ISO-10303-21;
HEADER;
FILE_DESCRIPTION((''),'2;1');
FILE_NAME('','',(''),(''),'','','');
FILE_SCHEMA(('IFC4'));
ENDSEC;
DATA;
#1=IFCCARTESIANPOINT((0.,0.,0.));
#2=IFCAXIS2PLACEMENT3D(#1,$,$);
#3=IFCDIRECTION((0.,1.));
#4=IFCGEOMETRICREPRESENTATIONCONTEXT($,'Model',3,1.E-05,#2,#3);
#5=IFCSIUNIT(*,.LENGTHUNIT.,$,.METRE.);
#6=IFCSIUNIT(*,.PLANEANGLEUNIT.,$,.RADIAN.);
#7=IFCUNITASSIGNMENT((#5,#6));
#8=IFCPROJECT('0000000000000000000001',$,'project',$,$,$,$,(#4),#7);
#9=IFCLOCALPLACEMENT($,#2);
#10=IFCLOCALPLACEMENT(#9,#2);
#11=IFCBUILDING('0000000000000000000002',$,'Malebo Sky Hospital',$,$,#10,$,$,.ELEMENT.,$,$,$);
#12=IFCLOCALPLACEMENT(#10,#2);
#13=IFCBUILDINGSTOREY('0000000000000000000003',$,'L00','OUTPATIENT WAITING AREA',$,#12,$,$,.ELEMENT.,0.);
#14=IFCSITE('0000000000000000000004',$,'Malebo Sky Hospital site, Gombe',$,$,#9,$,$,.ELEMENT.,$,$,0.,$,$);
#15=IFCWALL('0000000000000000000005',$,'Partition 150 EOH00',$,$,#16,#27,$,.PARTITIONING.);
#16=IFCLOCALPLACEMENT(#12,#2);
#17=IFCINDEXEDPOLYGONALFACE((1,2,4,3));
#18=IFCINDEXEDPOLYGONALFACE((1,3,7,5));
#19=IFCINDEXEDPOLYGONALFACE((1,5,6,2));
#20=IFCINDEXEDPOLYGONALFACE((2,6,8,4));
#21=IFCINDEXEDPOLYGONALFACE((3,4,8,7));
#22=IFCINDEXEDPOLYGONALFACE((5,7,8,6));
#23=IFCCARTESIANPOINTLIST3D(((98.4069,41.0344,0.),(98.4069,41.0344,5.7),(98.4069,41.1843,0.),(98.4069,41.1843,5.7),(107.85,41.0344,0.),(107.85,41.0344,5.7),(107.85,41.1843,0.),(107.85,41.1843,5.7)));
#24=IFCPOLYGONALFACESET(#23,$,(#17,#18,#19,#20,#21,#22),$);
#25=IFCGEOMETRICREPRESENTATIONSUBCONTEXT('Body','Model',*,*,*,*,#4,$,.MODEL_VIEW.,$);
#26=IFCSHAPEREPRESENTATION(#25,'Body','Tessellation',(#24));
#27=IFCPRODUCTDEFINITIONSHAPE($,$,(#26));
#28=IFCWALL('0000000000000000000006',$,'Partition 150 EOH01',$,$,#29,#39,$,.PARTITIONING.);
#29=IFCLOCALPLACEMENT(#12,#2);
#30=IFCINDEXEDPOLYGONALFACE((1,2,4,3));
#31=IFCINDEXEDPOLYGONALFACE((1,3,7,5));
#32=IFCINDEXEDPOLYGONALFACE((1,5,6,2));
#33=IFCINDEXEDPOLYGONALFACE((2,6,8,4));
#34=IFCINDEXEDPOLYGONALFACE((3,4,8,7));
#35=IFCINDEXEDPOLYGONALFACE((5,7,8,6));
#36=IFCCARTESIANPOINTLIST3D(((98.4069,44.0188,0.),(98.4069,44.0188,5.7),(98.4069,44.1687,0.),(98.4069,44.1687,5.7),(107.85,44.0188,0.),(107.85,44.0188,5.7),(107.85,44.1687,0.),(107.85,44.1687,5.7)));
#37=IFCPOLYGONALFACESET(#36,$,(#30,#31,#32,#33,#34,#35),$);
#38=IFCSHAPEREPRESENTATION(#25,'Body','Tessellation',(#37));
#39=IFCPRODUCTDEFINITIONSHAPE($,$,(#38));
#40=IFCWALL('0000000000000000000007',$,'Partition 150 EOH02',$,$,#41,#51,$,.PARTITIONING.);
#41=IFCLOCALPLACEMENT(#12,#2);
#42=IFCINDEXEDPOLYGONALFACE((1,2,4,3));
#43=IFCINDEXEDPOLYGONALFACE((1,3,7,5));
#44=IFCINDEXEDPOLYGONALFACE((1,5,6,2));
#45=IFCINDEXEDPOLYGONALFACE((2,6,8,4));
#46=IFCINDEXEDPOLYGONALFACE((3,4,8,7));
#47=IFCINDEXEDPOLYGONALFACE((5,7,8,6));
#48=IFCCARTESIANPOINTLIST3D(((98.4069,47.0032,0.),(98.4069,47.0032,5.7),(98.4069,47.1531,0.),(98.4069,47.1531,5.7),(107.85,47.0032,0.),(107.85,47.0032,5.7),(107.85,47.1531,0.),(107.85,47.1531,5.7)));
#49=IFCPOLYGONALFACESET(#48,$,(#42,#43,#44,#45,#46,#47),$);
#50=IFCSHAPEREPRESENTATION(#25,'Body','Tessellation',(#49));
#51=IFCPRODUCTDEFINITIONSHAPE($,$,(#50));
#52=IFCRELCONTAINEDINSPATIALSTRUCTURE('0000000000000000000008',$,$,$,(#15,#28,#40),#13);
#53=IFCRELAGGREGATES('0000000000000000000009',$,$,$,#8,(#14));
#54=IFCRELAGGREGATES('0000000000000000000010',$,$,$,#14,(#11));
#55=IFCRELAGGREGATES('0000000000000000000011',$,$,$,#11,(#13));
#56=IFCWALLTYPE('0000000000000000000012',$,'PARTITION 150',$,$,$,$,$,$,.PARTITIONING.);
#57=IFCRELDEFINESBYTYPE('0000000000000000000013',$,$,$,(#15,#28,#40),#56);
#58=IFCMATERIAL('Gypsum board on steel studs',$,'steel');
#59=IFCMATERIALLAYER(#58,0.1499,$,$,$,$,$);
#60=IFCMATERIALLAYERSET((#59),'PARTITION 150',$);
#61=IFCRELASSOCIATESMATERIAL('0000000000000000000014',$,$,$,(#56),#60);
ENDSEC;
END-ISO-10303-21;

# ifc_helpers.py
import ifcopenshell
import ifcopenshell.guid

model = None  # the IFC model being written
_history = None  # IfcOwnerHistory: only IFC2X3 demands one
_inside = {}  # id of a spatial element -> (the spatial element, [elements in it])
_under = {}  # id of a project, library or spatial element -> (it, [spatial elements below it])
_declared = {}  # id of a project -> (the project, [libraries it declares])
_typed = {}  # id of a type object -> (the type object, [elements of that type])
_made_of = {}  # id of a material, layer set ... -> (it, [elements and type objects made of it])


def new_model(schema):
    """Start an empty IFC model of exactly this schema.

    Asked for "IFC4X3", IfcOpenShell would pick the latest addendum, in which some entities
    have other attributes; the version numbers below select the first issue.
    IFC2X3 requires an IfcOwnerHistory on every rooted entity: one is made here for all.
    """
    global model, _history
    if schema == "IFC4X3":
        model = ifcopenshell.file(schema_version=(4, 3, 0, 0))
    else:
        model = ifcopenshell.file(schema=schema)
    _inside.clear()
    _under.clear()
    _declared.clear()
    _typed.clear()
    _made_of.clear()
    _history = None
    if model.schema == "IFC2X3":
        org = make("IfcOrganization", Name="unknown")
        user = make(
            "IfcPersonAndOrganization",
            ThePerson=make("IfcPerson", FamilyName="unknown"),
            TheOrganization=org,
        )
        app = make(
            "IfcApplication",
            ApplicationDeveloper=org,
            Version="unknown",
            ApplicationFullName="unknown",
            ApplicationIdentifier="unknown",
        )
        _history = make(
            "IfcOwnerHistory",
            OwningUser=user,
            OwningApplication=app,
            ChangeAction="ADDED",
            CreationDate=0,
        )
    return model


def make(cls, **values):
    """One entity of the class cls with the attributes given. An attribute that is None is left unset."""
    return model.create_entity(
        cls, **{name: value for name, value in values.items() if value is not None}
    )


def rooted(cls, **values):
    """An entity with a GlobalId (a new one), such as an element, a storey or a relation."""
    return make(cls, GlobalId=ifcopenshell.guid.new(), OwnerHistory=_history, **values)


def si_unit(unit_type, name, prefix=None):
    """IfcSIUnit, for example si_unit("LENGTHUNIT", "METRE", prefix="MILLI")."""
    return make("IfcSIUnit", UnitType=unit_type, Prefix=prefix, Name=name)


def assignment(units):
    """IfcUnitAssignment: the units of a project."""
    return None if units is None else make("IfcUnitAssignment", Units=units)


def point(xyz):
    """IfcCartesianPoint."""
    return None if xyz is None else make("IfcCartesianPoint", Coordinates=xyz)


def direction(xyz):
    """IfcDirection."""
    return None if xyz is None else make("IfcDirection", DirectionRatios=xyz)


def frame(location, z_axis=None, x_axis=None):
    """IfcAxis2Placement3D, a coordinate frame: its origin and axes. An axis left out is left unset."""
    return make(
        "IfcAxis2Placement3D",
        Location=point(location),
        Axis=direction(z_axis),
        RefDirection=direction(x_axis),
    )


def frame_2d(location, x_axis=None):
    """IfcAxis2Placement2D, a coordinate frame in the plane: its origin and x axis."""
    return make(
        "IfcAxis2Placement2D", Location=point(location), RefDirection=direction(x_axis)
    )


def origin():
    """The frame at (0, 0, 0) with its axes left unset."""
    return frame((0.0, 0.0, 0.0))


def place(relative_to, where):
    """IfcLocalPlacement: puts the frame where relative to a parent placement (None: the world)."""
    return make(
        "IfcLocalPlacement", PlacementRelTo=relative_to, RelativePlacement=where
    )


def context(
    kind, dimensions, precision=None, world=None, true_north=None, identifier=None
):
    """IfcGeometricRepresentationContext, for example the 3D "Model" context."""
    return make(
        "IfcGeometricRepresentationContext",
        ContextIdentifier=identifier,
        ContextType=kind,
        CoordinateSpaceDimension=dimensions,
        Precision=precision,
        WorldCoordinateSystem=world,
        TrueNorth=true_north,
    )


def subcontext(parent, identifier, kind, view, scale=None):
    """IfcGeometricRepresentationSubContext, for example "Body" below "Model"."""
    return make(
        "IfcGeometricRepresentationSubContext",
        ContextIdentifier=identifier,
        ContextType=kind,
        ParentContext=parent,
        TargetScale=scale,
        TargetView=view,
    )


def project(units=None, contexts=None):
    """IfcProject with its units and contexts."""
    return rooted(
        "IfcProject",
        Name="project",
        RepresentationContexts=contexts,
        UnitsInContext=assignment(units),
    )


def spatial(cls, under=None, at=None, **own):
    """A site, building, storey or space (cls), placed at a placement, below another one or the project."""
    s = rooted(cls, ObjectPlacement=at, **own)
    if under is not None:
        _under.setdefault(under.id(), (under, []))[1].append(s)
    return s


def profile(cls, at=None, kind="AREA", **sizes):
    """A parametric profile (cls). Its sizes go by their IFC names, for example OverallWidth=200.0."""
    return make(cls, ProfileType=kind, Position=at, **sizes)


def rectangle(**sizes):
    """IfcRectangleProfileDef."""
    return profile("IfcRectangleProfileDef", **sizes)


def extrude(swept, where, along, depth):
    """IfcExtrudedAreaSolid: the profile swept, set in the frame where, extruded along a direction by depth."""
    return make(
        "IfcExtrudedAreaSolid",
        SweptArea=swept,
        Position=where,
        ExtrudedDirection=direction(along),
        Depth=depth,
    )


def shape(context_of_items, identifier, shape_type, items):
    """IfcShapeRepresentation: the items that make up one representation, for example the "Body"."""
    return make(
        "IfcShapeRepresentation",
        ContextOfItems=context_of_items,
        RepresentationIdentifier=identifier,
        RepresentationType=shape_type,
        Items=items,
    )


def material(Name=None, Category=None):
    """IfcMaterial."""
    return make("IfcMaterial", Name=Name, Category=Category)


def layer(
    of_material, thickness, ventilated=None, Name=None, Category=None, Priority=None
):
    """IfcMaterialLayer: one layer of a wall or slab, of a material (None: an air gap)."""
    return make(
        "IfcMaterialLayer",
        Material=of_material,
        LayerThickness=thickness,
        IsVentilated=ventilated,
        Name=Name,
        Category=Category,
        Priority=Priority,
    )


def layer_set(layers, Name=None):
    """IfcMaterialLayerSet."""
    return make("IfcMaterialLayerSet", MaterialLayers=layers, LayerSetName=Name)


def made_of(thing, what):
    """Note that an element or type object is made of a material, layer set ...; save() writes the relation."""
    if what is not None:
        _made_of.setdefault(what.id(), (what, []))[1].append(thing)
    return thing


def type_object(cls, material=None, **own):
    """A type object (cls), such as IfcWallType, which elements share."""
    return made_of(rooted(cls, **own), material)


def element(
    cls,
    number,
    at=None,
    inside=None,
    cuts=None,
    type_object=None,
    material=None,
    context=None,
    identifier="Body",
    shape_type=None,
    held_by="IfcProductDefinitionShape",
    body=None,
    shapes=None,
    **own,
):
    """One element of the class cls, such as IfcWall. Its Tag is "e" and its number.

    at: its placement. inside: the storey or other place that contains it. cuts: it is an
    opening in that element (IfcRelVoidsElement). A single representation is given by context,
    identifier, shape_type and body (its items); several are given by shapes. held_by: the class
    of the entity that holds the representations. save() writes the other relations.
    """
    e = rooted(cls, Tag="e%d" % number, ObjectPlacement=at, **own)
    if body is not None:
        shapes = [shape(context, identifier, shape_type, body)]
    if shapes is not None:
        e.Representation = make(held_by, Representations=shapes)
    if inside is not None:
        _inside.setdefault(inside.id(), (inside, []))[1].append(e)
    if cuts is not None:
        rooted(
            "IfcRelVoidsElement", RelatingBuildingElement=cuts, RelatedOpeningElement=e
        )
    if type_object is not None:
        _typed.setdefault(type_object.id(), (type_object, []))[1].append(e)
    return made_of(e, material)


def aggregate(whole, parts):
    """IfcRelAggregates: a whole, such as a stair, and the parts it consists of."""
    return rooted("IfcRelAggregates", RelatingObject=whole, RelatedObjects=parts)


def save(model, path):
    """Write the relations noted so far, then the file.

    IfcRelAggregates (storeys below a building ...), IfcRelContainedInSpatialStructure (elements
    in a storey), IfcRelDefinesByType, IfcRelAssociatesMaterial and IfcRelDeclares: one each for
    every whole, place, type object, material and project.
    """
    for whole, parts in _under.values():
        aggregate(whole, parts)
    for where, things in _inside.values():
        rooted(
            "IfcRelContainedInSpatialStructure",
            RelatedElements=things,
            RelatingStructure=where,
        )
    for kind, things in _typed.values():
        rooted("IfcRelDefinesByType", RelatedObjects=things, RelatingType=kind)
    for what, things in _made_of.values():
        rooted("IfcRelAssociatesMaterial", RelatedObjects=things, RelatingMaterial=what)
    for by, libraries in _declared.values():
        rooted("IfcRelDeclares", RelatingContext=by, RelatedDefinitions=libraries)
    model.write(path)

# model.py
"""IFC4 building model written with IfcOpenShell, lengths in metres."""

from ifc_helpers import new_model, si_unit, direction, frame, frame_2d, origin, place, context, subcontext, project, spatial, rectangle, extrude, material, layer, layer_set, type_object, element, save


model = new_model("IFC4")

# Units and contexts
model_context = context("Model", 3, precision=1e-05, world=origin(), true_north=direction((0.0, 1.0)))
body_context = subcontext(model_context, "Body", "Model", "MODEL_VIEW")
ifc_project = project(units=[si_unit("LENGTHUNIT", "METRE"), si_unit("PLANEANGLEUNIT", "RADIAN")], contexts=[model_context])

# Site, building, storey
site_placement = place(None, origin())
site = spatial("IfcSite", under=ifc_project, at=site_placement, Name="Malebo Sky Hospital site, Gombe", CompositionType="ELEMENT", RefElevation=0.0)
building_placement = place(site_placement, origin())
building = spatial("IfcBuilding", under=site, at=building_placement, Name="Malebo Sky Hospital", CompositionType="ELEMENT")
storey_placement = place(building_placement, origin())
storey = spatial("IfcBuildingStorey", under=building, at=storey_placement, Name="L00", Description="OUTPATIENT WAITING AREA", CompositionType="ELEMENT", Elevation=0.0)

# Walls
ifc_material_1 = material(Name="Gypsum board on steel studs", Category="steel")
ifc_layer_1 = layer(ifc_material_1, 0.1499)
ifc_layer_set_1 = layer_set([ifc_layer_1], Name="PARTITION 150")
wall_type_1 = type_object("IfcWallType", Name="PARTITION 150", PredefinedType="PARTITIONING", material=ifc_layer_set_1)
for number, where, z_axis, x_axis, name in (
    (1, (107.8501, 41.1094, 0.0), (0.0, 0.0, 1.0), (-1.0, 0.0, 0.0), "Partition 150 EOH00"),
    (2, (107.8501, 44.0938, 0.0), (0.0, 0.0, 1.0), (-1.0, 0.0, 0.0), "Partition 150 EOH01"),
    (3, (107.8501, 47.0781, 0.0), (0.0, 0.0, 1.0), (-1.0, 0.0, 0.0), "Partition 150 EOH02"),
):
    element("IfcWall", number, at=place(storey_placement, frame(where, z_axis=z_axis, x_axis=x_axis)), inside=storey, type_object=wall_type_1, Name=name, PredefinedType="PARTITIONING", context=body_context, shape_type="SweptSolid", body=[
        extrude(rectangle(XDim=9.4431, YDim=0.1499, at=frame_2d((4.7217, 0.0))), origin(), (0.0, 0.0, 1.0), 5.7),
    ])

save(model, "model.ifc")
